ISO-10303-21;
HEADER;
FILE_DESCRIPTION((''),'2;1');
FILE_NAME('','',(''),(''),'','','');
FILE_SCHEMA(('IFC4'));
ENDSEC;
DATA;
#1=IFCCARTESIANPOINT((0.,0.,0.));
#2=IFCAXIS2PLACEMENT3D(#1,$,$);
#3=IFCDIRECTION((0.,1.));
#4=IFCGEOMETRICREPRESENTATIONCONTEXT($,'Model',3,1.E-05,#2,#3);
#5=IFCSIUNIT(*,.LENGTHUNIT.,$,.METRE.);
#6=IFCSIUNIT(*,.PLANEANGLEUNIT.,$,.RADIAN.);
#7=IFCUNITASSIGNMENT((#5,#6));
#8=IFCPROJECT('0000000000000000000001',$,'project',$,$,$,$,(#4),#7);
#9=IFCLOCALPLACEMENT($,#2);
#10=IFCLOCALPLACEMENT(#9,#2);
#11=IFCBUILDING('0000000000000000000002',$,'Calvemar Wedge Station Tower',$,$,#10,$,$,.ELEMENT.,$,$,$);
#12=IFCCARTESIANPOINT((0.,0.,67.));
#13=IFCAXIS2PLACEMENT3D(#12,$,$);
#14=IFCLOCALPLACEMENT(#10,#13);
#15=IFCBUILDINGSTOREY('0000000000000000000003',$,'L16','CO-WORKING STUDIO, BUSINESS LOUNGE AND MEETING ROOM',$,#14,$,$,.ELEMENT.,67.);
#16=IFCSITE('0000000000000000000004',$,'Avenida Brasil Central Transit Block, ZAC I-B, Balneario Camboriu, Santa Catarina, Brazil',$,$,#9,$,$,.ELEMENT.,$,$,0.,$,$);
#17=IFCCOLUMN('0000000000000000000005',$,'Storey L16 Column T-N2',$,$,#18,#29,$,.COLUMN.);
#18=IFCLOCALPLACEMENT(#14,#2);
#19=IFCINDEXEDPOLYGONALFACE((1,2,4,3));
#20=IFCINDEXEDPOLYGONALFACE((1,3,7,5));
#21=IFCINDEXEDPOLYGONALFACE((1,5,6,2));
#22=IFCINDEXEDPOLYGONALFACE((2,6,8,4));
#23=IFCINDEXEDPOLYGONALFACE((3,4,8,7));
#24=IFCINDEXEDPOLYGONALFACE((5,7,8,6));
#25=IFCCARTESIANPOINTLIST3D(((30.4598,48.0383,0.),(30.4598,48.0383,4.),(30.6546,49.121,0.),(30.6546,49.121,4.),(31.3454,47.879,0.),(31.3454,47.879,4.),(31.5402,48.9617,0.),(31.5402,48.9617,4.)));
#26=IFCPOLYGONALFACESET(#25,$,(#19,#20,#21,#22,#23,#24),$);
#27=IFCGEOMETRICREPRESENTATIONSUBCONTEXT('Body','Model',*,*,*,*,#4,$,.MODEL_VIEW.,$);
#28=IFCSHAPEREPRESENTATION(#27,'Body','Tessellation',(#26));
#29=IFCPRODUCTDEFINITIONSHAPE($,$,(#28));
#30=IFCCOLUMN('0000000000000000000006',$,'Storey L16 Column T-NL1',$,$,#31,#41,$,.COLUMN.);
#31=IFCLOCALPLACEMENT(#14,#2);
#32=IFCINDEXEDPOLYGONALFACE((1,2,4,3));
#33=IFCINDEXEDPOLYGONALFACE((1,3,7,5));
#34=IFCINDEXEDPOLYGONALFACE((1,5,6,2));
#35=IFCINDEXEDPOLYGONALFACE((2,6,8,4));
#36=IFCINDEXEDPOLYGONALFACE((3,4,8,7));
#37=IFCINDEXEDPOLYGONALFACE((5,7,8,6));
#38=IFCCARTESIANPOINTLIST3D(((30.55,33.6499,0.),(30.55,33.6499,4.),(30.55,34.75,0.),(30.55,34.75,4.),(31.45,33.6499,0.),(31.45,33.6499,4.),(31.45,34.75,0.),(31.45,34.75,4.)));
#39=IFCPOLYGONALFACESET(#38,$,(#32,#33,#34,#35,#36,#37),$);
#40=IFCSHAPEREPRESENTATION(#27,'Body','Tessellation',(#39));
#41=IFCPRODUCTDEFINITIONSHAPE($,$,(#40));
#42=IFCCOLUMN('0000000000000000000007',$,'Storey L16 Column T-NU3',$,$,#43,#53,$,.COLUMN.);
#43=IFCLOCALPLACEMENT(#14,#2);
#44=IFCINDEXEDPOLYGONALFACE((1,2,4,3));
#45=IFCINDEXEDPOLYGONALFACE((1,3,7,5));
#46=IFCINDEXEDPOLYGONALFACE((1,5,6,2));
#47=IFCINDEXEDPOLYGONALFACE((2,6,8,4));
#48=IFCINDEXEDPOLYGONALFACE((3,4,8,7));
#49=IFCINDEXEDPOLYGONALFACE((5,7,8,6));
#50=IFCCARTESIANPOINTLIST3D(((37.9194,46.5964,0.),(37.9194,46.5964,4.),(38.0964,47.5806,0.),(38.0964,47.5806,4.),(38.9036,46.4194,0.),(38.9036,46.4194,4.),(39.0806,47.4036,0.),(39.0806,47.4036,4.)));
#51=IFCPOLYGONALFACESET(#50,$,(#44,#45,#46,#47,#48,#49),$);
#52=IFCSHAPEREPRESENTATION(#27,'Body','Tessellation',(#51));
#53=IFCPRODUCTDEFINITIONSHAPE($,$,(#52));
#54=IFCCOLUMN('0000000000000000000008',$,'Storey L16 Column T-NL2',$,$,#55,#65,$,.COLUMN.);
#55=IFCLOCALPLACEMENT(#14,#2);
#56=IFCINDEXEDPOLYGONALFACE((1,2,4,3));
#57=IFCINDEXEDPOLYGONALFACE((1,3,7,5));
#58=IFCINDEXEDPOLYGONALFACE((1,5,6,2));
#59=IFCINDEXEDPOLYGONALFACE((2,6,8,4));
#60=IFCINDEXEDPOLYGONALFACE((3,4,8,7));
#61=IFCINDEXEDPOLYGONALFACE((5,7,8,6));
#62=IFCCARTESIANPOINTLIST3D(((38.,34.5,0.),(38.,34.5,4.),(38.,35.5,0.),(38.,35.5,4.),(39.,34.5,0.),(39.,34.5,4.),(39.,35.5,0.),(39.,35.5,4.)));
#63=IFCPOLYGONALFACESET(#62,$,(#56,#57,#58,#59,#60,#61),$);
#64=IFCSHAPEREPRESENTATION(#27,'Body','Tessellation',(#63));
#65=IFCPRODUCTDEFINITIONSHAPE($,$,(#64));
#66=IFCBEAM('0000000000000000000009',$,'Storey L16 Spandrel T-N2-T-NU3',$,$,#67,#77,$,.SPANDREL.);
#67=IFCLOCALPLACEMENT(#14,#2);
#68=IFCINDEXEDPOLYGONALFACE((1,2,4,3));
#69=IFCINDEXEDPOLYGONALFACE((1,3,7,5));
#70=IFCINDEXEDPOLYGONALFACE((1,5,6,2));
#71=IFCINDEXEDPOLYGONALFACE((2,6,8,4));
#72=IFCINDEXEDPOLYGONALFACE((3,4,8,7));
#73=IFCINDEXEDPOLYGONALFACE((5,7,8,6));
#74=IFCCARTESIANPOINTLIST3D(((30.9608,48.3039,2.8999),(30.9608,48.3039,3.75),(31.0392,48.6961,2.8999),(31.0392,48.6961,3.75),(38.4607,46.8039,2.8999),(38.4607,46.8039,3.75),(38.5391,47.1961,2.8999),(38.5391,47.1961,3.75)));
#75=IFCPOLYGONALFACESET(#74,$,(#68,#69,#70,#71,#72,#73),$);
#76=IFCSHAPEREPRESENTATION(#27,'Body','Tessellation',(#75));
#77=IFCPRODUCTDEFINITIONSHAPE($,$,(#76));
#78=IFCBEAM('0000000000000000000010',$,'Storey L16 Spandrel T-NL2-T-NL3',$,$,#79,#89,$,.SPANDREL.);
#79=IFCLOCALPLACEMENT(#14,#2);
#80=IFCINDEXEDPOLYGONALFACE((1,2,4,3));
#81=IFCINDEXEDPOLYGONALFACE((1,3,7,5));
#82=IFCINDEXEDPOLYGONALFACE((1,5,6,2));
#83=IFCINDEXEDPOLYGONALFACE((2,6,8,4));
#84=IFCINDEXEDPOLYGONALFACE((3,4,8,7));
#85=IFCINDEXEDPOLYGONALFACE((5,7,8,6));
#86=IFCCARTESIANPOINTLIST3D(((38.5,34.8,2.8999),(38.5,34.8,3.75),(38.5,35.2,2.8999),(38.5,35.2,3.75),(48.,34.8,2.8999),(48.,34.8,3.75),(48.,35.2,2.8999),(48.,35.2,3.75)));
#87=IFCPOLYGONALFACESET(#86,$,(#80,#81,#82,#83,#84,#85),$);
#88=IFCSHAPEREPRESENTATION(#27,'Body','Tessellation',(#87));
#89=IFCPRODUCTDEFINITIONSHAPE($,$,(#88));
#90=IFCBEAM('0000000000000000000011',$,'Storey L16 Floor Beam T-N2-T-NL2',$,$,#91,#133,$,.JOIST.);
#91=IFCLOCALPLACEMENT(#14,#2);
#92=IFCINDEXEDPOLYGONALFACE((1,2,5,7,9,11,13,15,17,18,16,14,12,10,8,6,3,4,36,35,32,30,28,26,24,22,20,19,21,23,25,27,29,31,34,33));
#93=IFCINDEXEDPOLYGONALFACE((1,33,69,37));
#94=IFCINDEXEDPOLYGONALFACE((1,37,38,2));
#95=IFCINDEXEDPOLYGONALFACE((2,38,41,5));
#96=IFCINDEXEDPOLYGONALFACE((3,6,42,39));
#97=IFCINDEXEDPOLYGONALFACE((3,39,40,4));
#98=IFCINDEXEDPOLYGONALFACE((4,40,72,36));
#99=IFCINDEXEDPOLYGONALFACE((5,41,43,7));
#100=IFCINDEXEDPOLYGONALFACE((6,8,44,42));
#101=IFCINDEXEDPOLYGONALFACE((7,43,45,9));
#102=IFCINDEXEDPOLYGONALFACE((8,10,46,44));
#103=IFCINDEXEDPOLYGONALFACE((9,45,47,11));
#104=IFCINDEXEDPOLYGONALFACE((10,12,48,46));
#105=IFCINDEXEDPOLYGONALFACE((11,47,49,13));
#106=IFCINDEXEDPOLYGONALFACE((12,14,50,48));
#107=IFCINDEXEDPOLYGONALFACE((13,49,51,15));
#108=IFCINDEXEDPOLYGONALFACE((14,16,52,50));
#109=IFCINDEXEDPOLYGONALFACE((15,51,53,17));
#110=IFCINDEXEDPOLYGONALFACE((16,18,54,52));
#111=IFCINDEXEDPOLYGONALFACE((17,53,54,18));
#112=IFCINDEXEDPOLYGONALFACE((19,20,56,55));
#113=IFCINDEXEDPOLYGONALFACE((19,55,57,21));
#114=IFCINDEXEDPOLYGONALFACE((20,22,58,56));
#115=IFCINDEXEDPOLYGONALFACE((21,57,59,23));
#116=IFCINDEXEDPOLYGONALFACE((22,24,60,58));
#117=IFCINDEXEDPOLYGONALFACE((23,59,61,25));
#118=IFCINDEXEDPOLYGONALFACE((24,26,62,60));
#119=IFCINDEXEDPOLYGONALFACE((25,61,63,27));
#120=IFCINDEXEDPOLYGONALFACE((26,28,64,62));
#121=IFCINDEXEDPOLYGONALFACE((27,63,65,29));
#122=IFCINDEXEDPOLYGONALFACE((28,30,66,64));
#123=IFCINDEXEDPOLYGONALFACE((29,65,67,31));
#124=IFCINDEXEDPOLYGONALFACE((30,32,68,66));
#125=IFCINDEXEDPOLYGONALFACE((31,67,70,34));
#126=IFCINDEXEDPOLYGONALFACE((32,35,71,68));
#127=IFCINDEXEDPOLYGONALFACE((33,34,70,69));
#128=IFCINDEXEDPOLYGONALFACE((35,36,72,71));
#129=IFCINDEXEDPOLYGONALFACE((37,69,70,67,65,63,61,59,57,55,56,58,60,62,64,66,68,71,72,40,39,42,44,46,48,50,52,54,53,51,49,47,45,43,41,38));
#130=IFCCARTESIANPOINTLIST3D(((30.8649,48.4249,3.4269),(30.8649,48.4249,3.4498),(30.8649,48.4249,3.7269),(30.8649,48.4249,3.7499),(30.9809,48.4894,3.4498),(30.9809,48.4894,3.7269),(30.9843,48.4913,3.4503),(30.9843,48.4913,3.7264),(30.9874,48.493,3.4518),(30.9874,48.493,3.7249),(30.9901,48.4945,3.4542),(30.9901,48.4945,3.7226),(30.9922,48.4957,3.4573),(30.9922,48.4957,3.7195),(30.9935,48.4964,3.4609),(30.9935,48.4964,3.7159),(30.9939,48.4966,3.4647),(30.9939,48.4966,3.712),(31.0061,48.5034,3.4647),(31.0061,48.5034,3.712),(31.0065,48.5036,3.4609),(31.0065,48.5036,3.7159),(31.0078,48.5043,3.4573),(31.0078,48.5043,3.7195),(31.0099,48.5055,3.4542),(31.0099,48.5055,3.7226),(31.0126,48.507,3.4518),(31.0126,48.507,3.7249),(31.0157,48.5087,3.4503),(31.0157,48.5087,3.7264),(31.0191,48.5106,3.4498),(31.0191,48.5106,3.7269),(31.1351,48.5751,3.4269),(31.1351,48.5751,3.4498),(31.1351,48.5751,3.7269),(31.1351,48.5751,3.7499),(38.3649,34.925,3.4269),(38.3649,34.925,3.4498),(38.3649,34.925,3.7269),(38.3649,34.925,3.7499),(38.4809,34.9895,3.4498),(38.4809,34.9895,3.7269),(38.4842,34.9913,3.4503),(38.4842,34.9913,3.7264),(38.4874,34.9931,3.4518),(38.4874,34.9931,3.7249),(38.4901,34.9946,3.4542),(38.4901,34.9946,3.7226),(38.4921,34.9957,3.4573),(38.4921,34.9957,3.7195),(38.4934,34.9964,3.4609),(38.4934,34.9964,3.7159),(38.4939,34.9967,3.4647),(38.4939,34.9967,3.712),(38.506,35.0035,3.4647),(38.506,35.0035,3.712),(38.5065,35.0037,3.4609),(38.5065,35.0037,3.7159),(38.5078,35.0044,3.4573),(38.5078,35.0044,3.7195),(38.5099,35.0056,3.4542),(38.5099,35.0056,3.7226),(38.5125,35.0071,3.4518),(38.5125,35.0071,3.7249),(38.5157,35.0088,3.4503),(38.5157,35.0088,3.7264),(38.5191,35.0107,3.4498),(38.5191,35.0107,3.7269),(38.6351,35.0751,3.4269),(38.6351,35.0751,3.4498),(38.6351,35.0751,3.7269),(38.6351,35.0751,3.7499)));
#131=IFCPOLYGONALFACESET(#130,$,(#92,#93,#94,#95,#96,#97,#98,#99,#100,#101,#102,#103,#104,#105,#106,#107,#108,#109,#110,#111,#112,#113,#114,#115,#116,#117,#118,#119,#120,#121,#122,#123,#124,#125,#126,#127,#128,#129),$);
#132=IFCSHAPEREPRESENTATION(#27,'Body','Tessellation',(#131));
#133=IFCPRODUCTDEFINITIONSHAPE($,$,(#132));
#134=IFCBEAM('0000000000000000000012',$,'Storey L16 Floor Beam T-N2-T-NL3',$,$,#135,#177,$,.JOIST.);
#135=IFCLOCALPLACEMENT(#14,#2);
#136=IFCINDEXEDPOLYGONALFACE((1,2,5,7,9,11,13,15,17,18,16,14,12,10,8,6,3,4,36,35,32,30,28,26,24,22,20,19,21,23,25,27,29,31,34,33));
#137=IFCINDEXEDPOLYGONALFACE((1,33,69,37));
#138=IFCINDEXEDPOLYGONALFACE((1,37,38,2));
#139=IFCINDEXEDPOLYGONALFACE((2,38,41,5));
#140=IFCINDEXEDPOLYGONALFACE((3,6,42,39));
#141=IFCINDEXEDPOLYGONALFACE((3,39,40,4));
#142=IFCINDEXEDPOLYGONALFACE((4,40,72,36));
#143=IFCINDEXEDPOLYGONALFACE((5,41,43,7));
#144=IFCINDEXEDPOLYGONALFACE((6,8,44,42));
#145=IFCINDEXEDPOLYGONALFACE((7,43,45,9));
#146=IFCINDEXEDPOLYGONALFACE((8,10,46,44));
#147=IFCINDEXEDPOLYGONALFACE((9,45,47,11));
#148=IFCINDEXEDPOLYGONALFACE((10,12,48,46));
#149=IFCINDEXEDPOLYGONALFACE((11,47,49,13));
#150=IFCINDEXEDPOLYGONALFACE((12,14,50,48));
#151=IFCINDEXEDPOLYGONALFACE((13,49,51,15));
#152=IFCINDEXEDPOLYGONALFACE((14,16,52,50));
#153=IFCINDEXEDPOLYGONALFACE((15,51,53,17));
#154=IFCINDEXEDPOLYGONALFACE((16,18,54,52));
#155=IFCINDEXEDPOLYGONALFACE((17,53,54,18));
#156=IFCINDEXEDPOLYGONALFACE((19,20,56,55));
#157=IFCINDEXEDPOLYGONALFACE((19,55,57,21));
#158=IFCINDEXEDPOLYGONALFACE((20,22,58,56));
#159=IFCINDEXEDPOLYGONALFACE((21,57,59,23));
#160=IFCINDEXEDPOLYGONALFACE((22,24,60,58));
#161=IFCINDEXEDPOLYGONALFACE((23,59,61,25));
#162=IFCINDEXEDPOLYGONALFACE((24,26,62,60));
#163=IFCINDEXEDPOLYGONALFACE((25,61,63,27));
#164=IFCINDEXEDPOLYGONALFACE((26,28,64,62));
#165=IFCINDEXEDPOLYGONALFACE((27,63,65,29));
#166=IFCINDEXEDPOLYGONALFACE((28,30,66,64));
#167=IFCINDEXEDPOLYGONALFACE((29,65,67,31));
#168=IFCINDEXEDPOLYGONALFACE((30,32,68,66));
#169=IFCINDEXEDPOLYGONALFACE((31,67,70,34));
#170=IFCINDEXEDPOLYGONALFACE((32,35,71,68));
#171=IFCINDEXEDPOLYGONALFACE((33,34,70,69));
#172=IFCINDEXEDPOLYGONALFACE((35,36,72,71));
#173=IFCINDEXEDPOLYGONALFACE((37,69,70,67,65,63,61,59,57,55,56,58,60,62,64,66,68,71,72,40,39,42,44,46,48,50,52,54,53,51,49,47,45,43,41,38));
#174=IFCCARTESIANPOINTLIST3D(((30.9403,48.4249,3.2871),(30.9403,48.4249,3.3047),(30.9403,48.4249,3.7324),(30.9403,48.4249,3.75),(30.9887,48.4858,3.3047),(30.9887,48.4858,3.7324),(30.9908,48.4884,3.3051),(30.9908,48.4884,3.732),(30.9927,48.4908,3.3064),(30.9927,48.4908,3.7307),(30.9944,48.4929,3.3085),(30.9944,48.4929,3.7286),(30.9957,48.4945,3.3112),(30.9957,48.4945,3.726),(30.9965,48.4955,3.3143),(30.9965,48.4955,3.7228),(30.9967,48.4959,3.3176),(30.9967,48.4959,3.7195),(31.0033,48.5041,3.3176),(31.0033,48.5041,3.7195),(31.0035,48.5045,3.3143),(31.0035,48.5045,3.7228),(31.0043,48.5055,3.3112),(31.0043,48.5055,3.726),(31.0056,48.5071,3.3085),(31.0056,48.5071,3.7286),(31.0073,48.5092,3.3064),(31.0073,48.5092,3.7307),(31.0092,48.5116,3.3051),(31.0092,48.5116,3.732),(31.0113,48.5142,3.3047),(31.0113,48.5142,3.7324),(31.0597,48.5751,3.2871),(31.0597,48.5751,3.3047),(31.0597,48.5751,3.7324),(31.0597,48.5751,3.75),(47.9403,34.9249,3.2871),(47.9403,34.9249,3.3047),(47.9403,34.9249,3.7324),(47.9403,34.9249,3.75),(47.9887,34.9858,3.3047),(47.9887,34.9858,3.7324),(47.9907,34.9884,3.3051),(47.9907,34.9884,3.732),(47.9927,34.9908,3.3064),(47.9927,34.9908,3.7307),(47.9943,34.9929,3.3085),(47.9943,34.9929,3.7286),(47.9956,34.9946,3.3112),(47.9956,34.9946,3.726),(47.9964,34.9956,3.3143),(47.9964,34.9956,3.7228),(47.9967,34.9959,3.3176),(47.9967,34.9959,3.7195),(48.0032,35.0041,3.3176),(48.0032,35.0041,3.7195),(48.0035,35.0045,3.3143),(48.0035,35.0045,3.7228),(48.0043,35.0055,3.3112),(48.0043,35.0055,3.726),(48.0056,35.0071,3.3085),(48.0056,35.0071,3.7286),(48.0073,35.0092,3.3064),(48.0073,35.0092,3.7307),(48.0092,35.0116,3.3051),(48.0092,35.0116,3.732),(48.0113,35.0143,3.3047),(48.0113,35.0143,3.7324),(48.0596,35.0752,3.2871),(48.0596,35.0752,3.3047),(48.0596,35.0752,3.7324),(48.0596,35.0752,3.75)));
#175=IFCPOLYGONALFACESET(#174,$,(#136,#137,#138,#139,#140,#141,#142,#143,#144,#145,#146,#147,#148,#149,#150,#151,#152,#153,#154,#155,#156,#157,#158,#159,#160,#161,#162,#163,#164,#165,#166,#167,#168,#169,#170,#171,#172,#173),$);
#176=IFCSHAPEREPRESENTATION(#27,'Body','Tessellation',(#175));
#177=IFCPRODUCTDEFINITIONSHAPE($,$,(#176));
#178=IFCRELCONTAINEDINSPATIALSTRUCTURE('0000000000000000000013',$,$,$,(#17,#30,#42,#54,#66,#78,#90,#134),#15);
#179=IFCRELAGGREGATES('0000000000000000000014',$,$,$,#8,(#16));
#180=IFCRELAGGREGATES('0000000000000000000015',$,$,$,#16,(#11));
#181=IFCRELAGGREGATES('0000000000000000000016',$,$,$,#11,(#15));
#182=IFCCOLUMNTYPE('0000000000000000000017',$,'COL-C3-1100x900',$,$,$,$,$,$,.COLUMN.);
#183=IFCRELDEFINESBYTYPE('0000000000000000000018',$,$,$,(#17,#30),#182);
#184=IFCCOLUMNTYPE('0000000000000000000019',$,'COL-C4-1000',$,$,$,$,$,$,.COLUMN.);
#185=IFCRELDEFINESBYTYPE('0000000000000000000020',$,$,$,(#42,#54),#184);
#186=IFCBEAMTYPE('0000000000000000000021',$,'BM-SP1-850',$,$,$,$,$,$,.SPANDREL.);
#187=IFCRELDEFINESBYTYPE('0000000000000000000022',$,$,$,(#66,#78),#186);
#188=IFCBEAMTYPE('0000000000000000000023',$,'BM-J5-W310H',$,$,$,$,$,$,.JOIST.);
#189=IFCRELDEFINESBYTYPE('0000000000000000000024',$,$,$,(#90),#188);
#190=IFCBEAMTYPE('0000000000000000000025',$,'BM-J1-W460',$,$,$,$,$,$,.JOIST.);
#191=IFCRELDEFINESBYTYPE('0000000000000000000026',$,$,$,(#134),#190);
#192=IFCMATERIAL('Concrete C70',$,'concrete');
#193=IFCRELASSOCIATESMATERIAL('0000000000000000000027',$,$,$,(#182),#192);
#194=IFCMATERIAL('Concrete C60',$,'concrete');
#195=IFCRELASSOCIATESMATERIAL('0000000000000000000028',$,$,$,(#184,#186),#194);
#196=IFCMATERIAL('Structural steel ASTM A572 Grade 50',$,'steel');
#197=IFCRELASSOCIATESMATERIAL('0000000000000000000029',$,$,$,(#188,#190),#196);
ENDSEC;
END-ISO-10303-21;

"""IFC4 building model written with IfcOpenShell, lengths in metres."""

from ifc_helpers import new_model, si_unit, direction, frame, origin, origin_2d, place, context, subcontext, project, spatial, rectangle, i_section, extrude, source, transform, mapped, material, material_profile, profile_set, type_object, element, save


model = new_model("IFC4")

# Units and contexts
model_context = context("Model", 3, precision=1e-05, world=origin(), true_north=direction((0.0, 1.0)))
body_context = subcontext(model_context, "Body", "Model", "MODEL_VIEW")
ifc_project = project(units=[si_unit("LENGTHUNIT", "METRE"), si_unit("PLANEANGLEUNIT", "RADIAN")], contexts=[model_context])

# Site, building, storey
site_placement = place(None, origin())
site = spatial("IfcSite", under=ifc_project, at=site_placement, Name="Avenida Brasil Central Transit Block, ZAC I-B, Balneario Camboriu, Santa Catarina, Brazil", CompositionType="ELEMENT", RefElevation=0.0)
building_placement = place(site_placement, origin())
building = spatial("IfcBuilding", under=site, at=building_placement, Name="Calvemar Wedge Station Tower", CompositionType="ELEMENT")
storey_placement = place(building_placement, frame((0.0, 0.0, 67.0)))
storey = spatial("IfcBuildingStorey", under=building, at=storey_placement, Name="L16", Description="CO-WORKING STUDIO, BUSINESS LOUNGE AND MEETING ROOM", CompositionType="ELEMENT", Elevation=67.0)

# Columns
ifc_material_1 = material(Name="Concrete C70", Category="concrete")
ifc_material_profile_1 = material_profile(ifc_material_1, rectangle(XDim=0.8999, YDim=1.1001, at=origin_2d()), Name="RC1100x900")
ifc_profile_set_1 = profile_set([ifc_material_profile_1], Name="Concrete C70")
column_type_1 = type_object("IfcColumnType", Name="COL-C3-1100x900", PredefinedType="COLUMN", material=ifc_profile_set_1)
shared_shape_1 = source(origin(), body_context, "Body", "SweptSolid", [
    extrude(rectangle(XDim=0.8999, YDim=1.1001, at=origin_2d()), origin(), (0.0, 0.0, 1.0), 4.0),
])
for number, where, z_axis, x_axis, name in (
    (1, (31.0, 48.5, 0.0), (0.0, 0.0, 1.0), (0.984196, -0.177085, 0.0), "Storey L16 Column T-N2"),
    (2, (31.0, 34.2, 0.0), (0.0, 0.0, 1.0), (1.0, 0.0, 0.0), "Storey L16 Column T-NL1"),
):
    element("IfcColumn", number, at=place(storey_placement, frame(where, z_axis=z_axis, x_axis=x_axis)), inside=storey, type_object=column_type_1, Name=name, PredefinedType="COLUMN", context=body_context, shape_type="MappedRepresentation", body=[
        mapped(shared_shape_1, transform((0.0, 0.0, 0.0), scale=1.0)),
    ])
ifc_material_2 = material(Name="Concrete C60", Category="concrete")
ifc_material_profile_2 = material_profile(ifc_material_2, rectangle(XDim=1.0, YDim=1.0, at=origin_2d()), Name="RC1000x1000")
ifc_profile_set_2 = profile_set([ifc_material_profile_2], Name="Concrete C60")
column_type_2 = type_object("IfcColumnType", Name="COL-C4-1000", PredefinedType="COLUMN", material=ifc_profile_set_2)
shared_shape_2 = source(origin(), body_context, "Body", "SweptSolid", [
    extrude(rectangle(XDim=1.0, YDim=1.0, at=origin_2d()), origin(), (0.0, 0.0, 1.0), 4.0),
])
for number, where, z_axis, x_axis, name in (
    (3, (38.5, 47.0, 0.0), (0.0, 0.0, 1.0), (0.984196, -0.177085, 0.0), "Storey L16 Column T-NU3"),
    (4, (38.5, 35.0, 0.0), (0.0, 0.0, 1.0), (1.0, 0.0, 0.0), "Storey L16 Column T-NL2"),
):
    element("IfcColumn", number, at=place(storey_placement, frame(where, z_axis=z_axis, x_axis=x_axis)), inside=storey, type_object=column_type_2, Name=name, PredefinedType="COLUMN", context=body_context, shape_type="MappedRepresentation", body=[
        mapped(shared_shape_2, transform((0.0, 0.0, 0.0), scale=1.0)),
    ])

# Beams
ifc_material_profile_3 = material_profile(ifc_material_2, rectangle(XDim=0.3999, YDim=0.8501, at=origin_2d()), Name="RC400x850")
ifc_profile_set_3 = profile_set([ifc_material_profile_3], Name="Concrete C60")
beam_type_1 = type_object("IfcBeamType", Name="BM-SP1-850", PredefinedType="SPANDREL", material=ifc_profile_set_3)
shared_shape_3 = source(origin(), body_context, "Body", "SweptSolid", [
    extrude(rectangle(XDim=0.3999, YDim=0.8501, at=origin_2d()), origin(), (0.0, 0.0, 1.0), 7.6484),
])
beam_1_placement = place(storey_placement, frame((31.0, 48.5, 3.325), z_axis=(0.980581, -0.196116, 0.0), x_axis=(0.196116, 0.980581, 0.0)))
element("IfcBeam", 5, at=beam_1_placement, inside=storey, type_object=beam_type_1, Name="Storey L16 Spandrel T-N2-T-NU3", PredefinedType="SPANDREL", context=body_context, shape_type="MappedRepresentation", body=[
    mapped(shared_shape_3, transform((0.0, 0.0, 0.0), scale=1.0)),
])
shared_shape_4 = source(origin(), body_context, "Body", "SweptSolid", [
    extrude(rectangle(XDim=0.3999, YDim=0.8501, at=origin_2d()), origin(), (0.0, 0.0, 1.0), 9.5),
])
beam_2_placement = place(storey_placement, frame((38.5, 35.0, 3.325), z_axis=(1.0, 0.0, 0.0), x_axis=(0.0, 1.0, 0.0)))
element("IfcBeam", 6, at=beam_2_placement, inside=storey, type_object=beam_type_1, Name="Storey L16 Spandrel T-NL2-T-NL3", PredefinedType="SPANDREL", context=body_context, shape_type="MappedRepresentation", body=[
    mapped(shared_shape_4, transform((0.0, 0.0, 0.0), scale=1.0)),
])
ifc_material_3 = material(Name="Structural steel ASTM A572 Grade 50", Category="steel")
ifc_material_profile_4 = material_profile(ifc_material_3, i_section(OverallWidth=0.3091, OverallDepth=0.323, WebThickness=0.0139, FlangeThickness=0.0229, FilletRadius=0.0149, at=origin_2d()), Name="W310x143")
ifc_profile_set_4 = profile_set([ifc_material_profile_4], Name="Structural steel ASTM A572 Grade 50")
beam_type_2 = type_object("IfcBeamType", Name="BM-J5-W310H", PredefinedType="JOIST", material=ifc_profile_set_4)
shared_shape_5 = source(origin(), body_context, "Body", "SweptSolid", [
    extrude(i_section(OverallWidth=0.3091, OverallDepth=0.323, WebThickness=0.0139, FlangeThickness=0.0229, FilletRadius=0.0149, at=origin_2d()), origin(), (0.0, 0.0, 1.0), 15.4434),
])
beam_3_placement = place(storey_placement, frame((31.0, 48.5, 3.5884), z_axis=(0.485643, -0.874157, 0.0), x_axis=(0.874157, 0.485643, 0.0)))
element("IfcBeam", 7, at=beam_3_placement, inside=storey, type_object=beam_type_2, Name="Storey L16 Floor Beam T-N2-T-NL2", PredefinedType="JOIST", context=body_context, shape_type="MappedRepresentation", body=[
    mapped(shared_shape_5, transform((0.0, 0.0, 0.0), scale=1.0)),
])
ifc_material_profile_5 = material_profile(ifc_material_3, i_section(OverallWidth=0.1919, OverallDepth=0.4629, WebThickness=0.0105, FlangeThickness=0.0176, FilletRadius=0.0129, at=origin_2d()), Name="W460x89")
ifc_profile_set_5 = profile_set([ifc_material_profile_5], Name="Structural steel ASTM A572 Grade 50")
beam_type_3 = type_object("IfcBeamType", Name="BM-J1-W460", PredefinedType="JOIST", material=ifc_profile_set_5)
shared_shape_6 = source(origin(), body_context, "Body", "SweptSolid", [
    extrude(i_section(OverallWidth=0.1919, OverallDepth=0.4629, WebThickness=0.0105, FlangeThickness=0.0176, FilletRadius=0.0129, at=origin_2d()), origin(), (0.0, 0.0, 1.0), 21.7083),
])
beam_4_placement = place(storey_placement, frame((31.0, 48.5, 3.5186), z_axis=(0.783111, -0.621882, 0.0), x_axis=(0.621882, 0.783111, 0.0)))
element("IfcBeam", 8, at=beam_4_placement, inside=storey, type_object=beam_type_3, Name="Storey L16 Floor Beam T-N2-T-NL3", PredefinedType="JOIST", context=body_context, shape_type="MappedRepresentation", body=[
    mapped(shared_shape_6, transform((0.0, 0.0, 0.0), scale=1.0)),
])

save(model, "model.ifc")
